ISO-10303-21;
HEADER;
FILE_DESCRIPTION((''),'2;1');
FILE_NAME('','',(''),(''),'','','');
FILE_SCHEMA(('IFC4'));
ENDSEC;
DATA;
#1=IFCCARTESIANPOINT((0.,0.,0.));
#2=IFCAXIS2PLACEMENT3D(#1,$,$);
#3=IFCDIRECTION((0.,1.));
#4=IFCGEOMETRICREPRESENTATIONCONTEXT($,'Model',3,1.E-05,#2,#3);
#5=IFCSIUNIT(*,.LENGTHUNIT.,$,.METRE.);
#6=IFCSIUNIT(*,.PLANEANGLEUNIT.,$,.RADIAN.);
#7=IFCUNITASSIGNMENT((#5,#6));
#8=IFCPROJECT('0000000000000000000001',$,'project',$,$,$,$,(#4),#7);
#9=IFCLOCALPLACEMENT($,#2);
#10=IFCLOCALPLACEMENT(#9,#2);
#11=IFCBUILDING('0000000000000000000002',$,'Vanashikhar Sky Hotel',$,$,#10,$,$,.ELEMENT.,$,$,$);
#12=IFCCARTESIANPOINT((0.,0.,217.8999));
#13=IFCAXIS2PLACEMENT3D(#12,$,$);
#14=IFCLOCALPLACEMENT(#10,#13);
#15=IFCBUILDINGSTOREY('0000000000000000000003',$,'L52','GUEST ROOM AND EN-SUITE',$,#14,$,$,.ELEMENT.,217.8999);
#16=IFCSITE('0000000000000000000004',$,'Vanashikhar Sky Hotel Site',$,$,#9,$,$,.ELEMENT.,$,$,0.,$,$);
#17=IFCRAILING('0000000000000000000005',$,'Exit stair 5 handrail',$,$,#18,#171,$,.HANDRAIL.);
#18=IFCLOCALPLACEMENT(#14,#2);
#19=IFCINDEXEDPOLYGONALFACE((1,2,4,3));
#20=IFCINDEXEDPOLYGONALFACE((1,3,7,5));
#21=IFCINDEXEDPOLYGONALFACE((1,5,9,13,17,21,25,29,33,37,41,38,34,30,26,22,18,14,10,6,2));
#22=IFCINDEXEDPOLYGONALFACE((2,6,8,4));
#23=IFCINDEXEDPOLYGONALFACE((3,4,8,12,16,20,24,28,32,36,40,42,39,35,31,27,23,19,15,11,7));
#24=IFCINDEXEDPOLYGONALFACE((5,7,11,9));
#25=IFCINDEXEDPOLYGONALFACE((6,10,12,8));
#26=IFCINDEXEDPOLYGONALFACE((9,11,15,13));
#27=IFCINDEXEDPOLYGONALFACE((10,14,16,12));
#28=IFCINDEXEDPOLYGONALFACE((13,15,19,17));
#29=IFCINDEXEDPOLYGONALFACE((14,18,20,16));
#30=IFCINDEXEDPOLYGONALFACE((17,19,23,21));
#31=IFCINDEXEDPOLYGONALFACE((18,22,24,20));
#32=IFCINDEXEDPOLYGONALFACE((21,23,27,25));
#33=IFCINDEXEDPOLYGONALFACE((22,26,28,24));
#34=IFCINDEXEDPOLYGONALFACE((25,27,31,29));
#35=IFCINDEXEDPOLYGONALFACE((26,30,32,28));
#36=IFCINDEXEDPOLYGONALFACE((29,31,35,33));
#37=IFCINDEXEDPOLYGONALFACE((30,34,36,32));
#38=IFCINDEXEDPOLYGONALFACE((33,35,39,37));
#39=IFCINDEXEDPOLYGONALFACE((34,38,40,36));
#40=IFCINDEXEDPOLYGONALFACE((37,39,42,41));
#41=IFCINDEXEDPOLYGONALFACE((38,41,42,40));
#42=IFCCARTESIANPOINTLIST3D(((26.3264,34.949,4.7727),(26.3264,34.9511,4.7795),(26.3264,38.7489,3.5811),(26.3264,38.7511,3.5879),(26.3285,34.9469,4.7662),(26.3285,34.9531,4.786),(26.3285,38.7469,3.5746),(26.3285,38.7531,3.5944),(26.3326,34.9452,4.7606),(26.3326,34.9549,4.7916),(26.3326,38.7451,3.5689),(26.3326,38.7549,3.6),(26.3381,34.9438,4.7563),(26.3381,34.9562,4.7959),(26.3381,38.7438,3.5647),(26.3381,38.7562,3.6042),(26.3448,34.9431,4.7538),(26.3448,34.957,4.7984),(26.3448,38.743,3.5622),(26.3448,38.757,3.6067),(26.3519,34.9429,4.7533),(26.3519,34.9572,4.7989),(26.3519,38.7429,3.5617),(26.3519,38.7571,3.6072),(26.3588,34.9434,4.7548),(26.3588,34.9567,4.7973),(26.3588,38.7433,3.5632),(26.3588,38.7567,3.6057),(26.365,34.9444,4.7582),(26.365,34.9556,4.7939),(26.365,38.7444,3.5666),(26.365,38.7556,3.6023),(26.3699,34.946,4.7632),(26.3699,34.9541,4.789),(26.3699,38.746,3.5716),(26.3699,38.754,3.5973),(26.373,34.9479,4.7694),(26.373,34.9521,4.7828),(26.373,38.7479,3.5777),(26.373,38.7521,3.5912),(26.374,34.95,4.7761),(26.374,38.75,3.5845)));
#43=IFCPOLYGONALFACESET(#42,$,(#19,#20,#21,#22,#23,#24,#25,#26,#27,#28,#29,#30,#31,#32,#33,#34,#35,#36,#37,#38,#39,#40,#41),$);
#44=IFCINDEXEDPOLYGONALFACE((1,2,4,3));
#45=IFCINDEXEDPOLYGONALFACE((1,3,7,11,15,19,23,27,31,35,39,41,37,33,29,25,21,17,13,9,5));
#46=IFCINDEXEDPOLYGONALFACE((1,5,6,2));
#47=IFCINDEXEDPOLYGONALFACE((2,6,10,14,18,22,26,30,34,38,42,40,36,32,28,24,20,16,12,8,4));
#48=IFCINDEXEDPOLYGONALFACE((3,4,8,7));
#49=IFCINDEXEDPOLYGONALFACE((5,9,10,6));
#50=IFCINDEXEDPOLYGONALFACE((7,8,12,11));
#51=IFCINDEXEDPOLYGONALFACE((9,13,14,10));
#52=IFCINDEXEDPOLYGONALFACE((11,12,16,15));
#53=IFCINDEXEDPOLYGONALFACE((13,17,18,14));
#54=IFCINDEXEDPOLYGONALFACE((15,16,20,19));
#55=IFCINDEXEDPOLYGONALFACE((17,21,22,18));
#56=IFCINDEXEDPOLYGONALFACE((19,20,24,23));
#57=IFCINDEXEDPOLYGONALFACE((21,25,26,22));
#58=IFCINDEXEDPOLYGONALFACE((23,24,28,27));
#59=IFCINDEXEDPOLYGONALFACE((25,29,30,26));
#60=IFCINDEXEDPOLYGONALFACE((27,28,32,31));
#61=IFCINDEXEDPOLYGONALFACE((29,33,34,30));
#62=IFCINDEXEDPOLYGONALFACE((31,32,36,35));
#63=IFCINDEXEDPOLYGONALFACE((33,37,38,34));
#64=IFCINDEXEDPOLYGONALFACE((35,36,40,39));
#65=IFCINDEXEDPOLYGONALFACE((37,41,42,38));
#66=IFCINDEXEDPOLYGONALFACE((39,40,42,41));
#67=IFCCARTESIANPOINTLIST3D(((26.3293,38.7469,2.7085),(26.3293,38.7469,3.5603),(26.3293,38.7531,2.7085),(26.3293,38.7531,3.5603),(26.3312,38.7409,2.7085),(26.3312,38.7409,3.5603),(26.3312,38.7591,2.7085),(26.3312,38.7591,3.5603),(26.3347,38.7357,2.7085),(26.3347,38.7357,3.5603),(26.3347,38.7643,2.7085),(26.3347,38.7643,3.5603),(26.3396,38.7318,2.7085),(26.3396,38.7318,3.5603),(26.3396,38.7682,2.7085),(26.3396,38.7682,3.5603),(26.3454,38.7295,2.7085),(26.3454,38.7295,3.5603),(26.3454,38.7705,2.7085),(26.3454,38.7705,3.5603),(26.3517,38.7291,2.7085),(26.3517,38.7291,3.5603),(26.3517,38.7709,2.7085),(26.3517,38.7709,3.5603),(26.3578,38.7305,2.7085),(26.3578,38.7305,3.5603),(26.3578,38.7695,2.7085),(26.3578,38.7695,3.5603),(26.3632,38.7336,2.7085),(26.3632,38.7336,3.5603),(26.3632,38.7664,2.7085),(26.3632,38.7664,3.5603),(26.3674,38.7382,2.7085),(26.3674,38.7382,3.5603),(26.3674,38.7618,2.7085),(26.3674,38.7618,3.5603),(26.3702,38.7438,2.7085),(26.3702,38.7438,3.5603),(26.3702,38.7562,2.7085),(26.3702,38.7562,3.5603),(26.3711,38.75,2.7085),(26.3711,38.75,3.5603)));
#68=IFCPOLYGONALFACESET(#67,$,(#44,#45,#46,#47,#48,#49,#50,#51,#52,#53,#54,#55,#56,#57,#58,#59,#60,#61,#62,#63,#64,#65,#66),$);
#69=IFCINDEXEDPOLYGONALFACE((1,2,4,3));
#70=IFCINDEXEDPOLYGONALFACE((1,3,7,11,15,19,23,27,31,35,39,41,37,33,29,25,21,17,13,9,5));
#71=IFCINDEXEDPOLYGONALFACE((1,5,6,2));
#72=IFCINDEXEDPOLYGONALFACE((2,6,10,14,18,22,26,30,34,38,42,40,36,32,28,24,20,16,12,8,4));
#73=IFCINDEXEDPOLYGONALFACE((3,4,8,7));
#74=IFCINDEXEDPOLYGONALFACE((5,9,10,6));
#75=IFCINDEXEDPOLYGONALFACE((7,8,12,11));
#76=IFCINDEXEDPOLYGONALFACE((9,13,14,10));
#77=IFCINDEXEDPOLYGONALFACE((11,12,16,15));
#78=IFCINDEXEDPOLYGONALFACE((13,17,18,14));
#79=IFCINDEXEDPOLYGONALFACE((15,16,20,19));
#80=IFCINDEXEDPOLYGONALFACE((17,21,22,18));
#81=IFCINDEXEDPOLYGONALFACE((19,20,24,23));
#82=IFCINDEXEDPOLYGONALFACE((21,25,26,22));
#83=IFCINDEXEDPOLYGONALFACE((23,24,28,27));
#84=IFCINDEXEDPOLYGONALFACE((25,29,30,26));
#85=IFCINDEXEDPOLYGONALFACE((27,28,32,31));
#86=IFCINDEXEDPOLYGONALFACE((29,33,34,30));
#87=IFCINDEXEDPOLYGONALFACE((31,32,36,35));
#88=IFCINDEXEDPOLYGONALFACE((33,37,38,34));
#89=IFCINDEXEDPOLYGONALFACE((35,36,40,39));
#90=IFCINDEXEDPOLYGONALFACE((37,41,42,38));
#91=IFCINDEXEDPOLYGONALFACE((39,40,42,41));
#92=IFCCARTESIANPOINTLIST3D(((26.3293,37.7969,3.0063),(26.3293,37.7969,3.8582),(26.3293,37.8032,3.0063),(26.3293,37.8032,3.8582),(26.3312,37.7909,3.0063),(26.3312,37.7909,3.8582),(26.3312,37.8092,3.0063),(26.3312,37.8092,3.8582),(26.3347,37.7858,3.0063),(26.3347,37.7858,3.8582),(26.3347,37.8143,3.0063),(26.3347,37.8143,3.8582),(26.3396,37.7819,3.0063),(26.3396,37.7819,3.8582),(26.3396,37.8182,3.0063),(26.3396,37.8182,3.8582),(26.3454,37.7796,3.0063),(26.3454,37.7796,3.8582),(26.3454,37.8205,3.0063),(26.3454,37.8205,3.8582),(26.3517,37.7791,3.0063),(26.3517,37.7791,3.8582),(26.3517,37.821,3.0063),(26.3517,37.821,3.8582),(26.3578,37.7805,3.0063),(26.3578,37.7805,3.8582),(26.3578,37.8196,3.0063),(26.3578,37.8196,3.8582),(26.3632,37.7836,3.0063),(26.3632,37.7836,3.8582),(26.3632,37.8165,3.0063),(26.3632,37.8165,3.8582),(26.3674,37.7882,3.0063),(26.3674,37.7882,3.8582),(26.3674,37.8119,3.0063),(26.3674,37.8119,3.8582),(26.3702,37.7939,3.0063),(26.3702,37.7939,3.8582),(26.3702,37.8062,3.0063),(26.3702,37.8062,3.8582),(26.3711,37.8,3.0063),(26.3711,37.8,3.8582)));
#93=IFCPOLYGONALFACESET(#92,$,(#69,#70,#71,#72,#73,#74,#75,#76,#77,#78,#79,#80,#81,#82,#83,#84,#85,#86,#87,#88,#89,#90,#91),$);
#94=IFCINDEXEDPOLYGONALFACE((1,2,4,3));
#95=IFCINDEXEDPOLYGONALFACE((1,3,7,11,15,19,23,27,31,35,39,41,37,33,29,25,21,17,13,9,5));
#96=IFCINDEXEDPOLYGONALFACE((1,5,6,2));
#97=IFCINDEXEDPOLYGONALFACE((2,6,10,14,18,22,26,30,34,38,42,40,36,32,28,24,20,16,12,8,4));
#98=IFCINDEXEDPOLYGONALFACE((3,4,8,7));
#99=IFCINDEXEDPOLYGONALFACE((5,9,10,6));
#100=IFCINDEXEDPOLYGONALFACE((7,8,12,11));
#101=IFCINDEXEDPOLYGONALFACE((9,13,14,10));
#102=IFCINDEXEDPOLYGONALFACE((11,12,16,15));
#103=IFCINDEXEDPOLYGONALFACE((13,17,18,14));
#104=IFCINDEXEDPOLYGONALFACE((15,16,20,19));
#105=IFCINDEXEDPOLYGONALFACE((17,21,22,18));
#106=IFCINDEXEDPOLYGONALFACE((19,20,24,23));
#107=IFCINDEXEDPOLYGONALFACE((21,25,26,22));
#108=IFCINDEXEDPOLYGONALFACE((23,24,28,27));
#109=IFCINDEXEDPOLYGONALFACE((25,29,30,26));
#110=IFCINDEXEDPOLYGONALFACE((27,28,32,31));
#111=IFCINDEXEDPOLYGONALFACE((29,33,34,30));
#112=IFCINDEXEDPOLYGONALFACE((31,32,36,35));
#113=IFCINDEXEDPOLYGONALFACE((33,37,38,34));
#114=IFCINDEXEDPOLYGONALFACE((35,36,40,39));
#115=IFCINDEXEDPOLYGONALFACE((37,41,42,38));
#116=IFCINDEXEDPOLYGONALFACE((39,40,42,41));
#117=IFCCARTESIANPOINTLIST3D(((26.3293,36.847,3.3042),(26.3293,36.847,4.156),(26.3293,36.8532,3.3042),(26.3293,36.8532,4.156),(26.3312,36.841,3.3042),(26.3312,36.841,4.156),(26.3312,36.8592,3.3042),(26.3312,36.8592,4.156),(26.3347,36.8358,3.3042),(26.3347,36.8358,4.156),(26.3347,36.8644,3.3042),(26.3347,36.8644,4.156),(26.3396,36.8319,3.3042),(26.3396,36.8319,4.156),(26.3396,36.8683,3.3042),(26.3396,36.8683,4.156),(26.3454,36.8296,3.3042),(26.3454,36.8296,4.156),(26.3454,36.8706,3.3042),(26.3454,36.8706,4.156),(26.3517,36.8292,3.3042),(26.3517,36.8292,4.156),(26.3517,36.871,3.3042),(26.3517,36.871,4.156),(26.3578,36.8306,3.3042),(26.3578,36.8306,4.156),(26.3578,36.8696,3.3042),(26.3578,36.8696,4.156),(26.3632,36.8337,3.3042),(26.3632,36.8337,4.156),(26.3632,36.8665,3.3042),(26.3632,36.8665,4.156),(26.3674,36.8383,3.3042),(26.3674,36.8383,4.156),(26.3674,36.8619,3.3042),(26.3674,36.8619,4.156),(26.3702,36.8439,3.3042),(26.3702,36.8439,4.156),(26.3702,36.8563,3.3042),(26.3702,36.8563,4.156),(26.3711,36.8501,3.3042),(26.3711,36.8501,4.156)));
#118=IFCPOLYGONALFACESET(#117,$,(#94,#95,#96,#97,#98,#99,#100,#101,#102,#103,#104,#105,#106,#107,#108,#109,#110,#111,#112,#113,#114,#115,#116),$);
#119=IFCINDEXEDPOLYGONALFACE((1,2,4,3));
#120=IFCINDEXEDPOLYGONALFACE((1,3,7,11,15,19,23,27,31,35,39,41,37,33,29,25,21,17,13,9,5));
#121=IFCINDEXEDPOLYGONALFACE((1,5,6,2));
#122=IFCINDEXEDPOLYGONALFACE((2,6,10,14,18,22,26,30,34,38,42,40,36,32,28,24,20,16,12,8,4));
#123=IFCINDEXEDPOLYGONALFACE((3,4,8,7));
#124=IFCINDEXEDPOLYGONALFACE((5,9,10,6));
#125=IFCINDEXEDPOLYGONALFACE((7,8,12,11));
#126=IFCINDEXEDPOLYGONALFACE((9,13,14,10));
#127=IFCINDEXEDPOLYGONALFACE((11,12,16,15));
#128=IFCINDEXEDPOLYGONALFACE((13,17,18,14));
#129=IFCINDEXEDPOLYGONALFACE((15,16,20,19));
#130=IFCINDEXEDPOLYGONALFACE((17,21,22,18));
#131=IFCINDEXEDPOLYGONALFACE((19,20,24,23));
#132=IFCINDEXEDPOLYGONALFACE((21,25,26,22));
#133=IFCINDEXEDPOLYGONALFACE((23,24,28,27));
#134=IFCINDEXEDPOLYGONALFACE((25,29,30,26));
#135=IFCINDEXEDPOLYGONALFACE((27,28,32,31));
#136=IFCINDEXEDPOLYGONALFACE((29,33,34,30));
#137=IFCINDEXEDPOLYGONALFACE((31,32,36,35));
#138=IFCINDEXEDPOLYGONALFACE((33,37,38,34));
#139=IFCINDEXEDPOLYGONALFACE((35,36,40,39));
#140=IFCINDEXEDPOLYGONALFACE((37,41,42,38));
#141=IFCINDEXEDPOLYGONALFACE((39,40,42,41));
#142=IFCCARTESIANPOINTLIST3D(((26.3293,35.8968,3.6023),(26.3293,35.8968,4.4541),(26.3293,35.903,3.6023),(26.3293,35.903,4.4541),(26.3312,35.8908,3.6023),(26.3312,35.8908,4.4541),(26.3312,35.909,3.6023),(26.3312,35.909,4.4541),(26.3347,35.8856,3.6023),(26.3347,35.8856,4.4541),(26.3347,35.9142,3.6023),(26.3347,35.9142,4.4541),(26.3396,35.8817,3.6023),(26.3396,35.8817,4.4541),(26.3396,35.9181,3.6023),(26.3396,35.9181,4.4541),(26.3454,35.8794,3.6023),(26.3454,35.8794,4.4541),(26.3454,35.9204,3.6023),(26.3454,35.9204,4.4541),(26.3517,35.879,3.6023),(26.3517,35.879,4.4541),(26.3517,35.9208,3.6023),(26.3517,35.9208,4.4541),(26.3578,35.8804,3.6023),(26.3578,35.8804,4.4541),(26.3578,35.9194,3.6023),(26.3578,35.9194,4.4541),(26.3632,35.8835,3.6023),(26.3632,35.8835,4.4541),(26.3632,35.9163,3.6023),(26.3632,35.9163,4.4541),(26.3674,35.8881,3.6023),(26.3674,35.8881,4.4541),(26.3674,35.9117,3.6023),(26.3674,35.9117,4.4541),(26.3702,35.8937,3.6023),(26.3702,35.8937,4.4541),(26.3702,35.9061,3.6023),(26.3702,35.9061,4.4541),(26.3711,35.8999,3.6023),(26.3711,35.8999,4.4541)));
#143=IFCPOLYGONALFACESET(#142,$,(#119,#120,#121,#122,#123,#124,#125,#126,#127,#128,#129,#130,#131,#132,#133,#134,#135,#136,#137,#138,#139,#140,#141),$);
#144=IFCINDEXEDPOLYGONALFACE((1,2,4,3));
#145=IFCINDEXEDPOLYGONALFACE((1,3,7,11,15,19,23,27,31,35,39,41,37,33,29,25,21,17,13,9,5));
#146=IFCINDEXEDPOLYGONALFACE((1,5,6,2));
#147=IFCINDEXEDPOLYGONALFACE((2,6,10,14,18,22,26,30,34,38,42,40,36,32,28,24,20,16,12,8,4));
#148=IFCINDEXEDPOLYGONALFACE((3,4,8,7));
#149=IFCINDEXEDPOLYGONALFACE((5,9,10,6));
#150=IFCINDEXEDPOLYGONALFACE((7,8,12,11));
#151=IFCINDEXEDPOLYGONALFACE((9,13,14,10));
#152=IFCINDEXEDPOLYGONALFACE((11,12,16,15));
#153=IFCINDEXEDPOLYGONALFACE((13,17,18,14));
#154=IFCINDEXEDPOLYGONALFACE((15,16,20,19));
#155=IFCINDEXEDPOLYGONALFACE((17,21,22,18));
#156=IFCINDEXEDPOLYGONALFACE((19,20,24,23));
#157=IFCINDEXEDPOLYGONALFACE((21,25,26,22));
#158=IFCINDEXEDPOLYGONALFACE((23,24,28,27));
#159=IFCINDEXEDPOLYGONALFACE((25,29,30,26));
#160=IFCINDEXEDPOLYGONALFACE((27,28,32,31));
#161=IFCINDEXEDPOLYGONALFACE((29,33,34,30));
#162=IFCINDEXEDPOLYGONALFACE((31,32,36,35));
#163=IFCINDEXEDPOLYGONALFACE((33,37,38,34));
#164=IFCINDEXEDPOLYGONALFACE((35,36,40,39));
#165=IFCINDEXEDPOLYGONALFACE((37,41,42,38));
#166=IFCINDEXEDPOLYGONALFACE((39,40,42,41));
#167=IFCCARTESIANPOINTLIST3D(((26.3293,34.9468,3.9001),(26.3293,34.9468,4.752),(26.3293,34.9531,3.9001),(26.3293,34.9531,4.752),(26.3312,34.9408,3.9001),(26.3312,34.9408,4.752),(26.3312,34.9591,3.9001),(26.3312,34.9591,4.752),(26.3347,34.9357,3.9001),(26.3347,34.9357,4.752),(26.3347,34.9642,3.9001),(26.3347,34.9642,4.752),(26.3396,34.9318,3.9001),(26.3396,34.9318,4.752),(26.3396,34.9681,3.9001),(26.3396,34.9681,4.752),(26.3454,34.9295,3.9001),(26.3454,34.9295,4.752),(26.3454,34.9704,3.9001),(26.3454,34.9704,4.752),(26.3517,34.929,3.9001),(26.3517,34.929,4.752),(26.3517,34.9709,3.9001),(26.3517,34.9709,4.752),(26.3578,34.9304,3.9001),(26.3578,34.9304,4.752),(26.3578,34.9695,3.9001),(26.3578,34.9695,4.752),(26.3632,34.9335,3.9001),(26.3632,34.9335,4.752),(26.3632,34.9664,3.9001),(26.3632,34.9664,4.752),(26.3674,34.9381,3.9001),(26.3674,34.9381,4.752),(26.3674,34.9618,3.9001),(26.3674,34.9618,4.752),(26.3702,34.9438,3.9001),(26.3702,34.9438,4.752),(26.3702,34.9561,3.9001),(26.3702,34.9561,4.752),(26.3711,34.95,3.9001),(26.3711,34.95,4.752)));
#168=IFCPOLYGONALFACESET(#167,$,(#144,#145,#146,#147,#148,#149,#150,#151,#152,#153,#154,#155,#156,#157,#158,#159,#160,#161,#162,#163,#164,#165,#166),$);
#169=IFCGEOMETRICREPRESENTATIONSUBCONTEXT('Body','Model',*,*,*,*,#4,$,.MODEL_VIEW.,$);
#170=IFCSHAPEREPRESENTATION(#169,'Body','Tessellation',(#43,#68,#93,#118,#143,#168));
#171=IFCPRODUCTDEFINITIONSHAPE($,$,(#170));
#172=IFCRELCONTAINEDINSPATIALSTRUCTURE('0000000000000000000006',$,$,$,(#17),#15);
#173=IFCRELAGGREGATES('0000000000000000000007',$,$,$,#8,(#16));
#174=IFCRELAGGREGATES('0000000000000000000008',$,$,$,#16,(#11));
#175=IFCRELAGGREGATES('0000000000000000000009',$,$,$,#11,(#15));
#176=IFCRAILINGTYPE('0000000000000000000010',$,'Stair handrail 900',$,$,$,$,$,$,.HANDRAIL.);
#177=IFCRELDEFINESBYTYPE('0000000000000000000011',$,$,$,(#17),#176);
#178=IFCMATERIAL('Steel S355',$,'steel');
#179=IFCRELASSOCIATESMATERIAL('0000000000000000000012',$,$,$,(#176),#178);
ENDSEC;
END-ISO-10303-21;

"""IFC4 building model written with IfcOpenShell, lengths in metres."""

from ifc_helpers import new_model, si_unit, direction, frame, origin, origin_2d, place, context, subcontext, project, spatial, circle, extrude, source, transform, mapped, material, type_object, element, save


model = new_model("IFC4")

# Units and contexts
model_context = context("Model", 3, precision=1e-05, world=origin(), true_north=direction((0.0, 1.0)))
body_context = subcontext(model_context, "Body", "Model", "MODEL_VIEW")
ifc_project = project(units=[si_unit("LENGTHUNIT", "METRE"), si_unit("PLANEANGLEUNIT", "RADIAN")], contexts=[model_context])

# Site, building, storey
site_placement = place(None, origin())
site = spatial("IfcSite", under=ifc_project, at=site_placement, Name="Vanashikhar Sky Hotel Site", CompositionType="ELEMENT", RefElevation=0.0)
building_placement = place(site_placement, origin())
building = spatial("IfcBuilding", under=site, at=building_placement, Name="Vanashikhar Sky Hotel", CompositionType="ELEMENT")
storey_placement = place(building_placement, frame((0.0, 0.0, 217.8999)))
storey = spatial("IfcBuildingStorey", under=building, at=storey_placement, Name="L52", Description="GUEST ROOM AND EN-SUITE", CompositionType="ELEMENT", Elevation=217.8999)

# Railing
ifc_material_1 = material(Name="Steel S355", Category="steel")
railing_type_1 = type_object("IfcRailingType", Name="Stair handrail 900", PredefinedType="HANDRAIL", material=ifc_material_1)
shared_shape_1 = source(origin(), body_context, "Body", "SweptSolid", [
    extrude(circle(Radius=0.0239, at=origin_2d()), frame((0.0, 0.0, 0.876), z_axis=(0.0, -0.954184, 0.299221), x_axis=(1.0, 0.0, 0.0)), (0.0, 0.0, 1.0), 3.9824),
    extrude(circle(Radius=0.021, at=origin_2d()), origin(), (0.0, 0.0, 1.0), 0.8518),
    extrude(circle(Radius=0.021, at=origin_2d()), frame((0.0, -0.95, 0.2979)), (0.0, 0.0, 1.0), 0.8518),
    extrude(circle(Radius=0.021, at=origin_2d()), frame((0.0, -1.8999, 0.5957)), (0.0, 0.0, 1.0), 0.8518),
    extrude(circle(Radius=0.021, at=origin_2d()), frame((0.0, -2.8501, 0.8938)), (0.0, 0.0, 1.0), 0.8518),
    extrude(circle(Radius=0.021, at=origin_2d()), frame((0.0, -3.8, 1.1917)), (0.0, 0.0, 1.0), 0.8518),
])
for number, where, name in (
    (1, (26.3501, 38.75, 2.7085), "Exit stair 5 handrail"),
):
    element("IfcRailing", number, at=place(storey_placement, frame(where)), inside=storey, type_object=railing_type_1, Name=name, PredefinedType="HANDRAIL", context=body_context, shape_type="MappedRepresentation", body=[
        mapped(shared_shape_1, transform((0.0, 0.0, 0.0), scale=1.0)),
    ])

save(model, "model.ifc")
